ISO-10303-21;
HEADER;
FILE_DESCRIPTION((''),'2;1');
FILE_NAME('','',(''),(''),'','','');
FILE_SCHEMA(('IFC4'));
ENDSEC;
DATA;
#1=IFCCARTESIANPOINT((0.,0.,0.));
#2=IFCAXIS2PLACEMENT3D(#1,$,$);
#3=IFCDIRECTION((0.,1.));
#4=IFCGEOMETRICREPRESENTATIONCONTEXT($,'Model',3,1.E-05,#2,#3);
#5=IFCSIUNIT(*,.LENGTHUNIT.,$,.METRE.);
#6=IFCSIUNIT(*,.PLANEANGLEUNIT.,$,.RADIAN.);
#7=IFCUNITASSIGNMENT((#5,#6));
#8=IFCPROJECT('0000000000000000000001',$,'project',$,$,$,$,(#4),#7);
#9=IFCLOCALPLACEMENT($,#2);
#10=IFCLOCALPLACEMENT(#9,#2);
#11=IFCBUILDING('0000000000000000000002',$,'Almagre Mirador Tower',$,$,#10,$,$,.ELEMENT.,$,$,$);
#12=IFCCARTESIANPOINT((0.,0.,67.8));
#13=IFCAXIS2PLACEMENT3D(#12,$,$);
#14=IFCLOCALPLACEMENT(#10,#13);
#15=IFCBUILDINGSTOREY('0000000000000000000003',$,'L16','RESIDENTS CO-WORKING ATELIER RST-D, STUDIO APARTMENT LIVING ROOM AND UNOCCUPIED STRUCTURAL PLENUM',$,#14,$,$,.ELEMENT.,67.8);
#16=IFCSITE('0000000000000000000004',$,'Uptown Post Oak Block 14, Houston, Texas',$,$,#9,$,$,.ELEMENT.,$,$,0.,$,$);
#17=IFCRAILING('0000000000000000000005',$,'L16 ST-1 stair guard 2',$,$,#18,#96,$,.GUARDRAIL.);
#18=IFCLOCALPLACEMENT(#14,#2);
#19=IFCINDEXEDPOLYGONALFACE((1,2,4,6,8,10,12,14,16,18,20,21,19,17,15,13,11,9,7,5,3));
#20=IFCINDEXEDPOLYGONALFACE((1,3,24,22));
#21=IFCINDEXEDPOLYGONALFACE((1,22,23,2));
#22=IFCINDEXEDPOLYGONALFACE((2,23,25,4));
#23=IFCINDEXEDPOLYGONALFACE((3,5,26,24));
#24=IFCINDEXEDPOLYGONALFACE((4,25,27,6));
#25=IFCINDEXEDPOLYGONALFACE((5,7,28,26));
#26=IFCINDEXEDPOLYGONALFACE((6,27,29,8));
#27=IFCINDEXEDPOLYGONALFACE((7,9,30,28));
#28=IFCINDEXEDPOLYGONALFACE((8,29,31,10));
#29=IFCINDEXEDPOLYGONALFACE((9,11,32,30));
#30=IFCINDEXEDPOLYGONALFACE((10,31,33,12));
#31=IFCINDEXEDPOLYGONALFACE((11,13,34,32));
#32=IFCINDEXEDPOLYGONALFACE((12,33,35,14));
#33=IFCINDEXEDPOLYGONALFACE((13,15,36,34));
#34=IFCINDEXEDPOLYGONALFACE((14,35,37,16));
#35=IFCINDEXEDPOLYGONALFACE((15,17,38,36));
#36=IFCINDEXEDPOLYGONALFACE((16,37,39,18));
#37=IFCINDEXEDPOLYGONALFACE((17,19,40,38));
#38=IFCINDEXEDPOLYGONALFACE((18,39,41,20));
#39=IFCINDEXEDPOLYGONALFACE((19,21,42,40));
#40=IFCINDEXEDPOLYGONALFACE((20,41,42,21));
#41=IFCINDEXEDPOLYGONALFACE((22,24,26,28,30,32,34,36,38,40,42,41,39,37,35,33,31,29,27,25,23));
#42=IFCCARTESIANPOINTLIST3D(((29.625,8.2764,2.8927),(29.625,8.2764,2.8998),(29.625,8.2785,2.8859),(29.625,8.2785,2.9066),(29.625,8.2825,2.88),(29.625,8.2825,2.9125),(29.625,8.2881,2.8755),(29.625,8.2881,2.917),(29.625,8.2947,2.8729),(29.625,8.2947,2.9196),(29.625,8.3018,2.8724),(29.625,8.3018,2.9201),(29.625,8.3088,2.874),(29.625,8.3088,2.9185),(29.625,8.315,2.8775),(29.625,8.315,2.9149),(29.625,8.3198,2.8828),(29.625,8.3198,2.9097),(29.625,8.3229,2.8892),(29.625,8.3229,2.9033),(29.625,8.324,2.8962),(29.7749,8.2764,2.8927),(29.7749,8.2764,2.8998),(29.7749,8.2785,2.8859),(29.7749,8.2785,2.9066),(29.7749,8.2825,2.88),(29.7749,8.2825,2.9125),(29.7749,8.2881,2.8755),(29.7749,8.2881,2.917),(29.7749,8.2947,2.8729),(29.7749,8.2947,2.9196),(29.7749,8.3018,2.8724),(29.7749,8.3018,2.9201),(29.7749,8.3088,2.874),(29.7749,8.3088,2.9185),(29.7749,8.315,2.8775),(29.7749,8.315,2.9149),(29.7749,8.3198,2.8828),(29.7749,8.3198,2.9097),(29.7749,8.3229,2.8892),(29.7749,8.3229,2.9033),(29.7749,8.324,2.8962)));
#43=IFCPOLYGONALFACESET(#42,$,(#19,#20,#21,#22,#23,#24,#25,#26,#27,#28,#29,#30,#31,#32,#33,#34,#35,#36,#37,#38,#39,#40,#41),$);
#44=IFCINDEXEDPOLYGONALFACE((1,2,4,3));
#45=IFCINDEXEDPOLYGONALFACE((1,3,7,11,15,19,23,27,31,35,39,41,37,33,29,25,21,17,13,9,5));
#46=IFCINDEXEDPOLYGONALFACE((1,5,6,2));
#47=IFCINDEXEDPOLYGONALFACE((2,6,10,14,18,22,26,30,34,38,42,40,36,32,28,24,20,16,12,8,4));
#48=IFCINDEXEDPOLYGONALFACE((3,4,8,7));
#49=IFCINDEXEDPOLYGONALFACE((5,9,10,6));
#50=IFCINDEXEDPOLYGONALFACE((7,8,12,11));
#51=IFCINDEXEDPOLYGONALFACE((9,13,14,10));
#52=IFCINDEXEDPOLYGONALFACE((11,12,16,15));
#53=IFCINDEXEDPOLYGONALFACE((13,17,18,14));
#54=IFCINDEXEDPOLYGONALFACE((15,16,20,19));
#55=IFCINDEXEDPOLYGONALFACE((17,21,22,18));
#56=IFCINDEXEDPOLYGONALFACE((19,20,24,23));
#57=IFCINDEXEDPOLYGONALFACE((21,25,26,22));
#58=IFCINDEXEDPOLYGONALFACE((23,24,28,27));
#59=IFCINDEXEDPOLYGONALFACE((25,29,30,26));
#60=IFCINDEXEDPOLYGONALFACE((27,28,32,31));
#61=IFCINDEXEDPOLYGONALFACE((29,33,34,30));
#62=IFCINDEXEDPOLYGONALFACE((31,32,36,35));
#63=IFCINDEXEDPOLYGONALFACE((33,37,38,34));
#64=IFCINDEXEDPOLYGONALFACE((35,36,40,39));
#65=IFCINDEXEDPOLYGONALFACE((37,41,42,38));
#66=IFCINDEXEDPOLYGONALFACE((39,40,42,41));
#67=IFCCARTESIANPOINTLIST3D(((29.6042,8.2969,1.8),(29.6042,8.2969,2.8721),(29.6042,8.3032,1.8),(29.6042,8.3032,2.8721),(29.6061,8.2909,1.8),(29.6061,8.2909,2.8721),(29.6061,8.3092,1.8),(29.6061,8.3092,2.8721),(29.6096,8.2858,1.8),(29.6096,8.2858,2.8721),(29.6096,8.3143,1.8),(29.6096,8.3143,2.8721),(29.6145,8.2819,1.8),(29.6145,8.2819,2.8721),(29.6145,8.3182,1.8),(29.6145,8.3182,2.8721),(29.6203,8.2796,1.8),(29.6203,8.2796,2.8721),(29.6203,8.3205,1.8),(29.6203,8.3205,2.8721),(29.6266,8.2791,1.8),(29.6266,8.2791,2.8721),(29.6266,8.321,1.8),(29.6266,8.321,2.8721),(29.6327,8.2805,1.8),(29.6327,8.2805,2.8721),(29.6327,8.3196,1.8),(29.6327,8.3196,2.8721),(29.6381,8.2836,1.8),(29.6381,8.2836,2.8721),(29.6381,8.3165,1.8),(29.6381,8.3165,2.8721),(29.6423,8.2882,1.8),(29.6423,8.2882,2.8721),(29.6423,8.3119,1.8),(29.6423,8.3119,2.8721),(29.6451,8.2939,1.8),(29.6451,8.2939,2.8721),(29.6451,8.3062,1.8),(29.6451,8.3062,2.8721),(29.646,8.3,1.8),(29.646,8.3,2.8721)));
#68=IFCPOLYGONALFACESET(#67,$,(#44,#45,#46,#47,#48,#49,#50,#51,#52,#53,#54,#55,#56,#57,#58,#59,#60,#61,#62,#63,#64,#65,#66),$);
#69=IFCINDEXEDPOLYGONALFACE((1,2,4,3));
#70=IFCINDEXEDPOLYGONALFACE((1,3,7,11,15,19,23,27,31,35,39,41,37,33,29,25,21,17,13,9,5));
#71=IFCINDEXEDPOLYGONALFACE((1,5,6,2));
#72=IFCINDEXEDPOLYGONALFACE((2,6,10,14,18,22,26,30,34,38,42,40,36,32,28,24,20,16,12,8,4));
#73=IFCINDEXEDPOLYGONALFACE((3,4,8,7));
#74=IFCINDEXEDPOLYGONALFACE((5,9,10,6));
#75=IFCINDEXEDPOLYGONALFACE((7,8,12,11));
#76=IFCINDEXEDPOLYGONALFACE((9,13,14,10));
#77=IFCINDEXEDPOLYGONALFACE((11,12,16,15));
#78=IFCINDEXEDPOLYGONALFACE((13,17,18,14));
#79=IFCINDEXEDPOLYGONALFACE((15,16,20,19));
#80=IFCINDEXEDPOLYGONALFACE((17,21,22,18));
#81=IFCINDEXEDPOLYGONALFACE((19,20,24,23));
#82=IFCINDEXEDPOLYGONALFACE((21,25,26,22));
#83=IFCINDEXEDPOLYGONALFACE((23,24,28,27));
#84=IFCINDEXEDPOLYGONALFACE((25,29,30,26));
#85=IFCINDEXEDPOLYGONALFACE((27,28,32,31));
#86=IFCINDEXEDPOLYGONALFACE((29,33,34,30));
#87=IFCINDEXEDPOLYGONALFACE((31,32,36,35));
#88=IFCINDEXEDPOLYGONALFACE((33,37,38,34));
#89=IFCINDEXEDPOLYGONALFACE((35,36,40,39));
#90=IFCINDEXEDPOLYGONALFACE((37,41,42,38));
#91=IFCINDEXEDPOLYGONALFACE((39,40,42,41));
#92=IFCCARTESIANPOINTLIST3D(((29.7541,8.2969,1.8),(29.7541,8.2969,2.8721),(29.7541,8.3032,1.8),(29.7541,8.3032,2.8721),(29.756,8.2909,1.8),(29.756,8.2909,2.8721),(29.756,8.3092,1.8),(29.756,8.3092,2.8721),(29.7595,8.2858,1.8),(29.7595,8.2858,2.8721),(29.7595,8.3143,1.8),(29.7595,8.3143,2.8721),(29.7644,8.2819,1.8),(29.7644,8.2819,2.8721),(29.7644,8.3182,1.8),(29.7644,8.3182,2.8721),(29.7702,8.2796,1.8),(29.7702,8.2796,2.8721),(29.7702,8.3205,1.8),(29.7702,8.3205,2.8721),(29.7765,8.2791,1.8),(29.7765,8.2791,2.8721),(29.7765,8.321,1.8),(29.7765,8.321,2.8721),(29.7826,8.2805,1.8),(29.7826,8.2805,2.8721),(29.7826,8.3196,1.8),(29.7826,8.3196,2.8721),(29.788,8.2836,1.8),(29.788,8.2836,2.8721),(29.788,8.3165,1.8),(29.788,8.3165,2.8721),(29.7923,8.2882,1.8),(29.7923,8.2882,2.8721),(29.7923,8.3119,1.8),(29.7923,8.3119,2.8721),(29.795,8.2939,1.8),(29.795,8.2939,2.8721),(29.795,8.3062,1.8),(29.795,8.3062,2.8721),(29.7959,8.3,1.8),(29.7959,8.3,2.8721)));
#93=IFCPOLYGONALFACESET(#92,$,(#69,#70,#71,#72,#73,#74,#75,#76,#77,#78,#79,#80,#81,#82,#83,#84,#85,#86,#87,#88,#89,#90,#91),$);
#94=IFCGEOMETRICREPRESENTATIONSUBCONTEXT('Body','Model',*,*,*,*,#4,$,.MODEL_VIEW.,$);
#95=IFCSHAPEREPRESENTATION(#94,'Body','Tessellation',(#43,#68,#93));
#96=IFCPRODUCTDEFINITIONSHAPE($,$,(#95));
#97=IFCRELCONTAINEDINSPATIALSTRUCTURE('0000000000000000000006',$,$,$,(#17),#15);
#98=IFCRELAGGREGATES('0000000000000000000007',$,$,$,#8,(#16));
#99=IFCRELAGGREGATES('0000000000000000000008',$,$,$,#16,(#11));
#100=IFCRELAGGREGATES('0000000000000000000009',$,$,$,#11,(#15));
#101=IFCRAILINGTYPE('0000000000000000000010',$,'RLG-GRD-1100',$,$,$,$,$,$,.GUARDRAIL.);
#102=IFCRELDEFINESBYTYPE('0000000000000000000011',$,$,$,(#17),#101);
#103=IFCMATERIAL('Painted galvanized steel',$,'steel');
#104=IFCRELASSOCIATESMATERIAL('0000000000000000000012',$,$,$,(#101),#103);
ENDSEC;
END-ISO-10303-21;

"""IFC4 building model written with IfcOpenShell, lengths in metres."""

from ifc_helpers import new_model, si_unit, direction, frame, origin, origin_2d, place, context, subcontext, project, spatial, circle, extrude, material, type_object, element, save


model = new_model("IFC4")

# Units and contexts
model_context = context("Model", 3, precision=1e-05, world=origin(), true_north=direction((0.0, 1.0)))
body_context = subcontext(model_context, "Body", "Model", "MODEL_VIEW")
ifc_project = project(units=[si_unit("LENGTHUNIT", "METRE"), si_unit("PLANEANGLEUNIT", "RADIAN")], contexts=[model_context])

# Site, building, storey
site_placement = place(None, origin())
site = spatial("IfcSite", under=ifc_project, at=site_placement, Name="Uptown Post Oak Block 14, Houston, Texas", CompositionType="ELEMENT", RefElevation=0.0)
building_placement = place(site_placement, origin())
building = spatial("IfcBuilding", under=site, at=building_placement, Name="Almagre Mirador Tower", CompositionType="ELEMENT")
storey_placement = place(building_placement, frame((0.0, 0.0, 67.8)))
storey = spatial("IfcBuildingStorey", under=building, at=storey_placement, Name="L16", Description="RESIDENTS CO-WORKING ATELIER RST-D, STUDIO APARTMENT LIVING ROOM AND UNOCCUPIED STRUCTURAL PLENUM", CompositionType="ELEMENT", Elevation=67.8)

# Railing
ifc_material_1 = material(Name="Painted galvanized steel", Category="steel")
railing_type_1 = type_object("IfcRailingType", Name="RLG-GRD-1100", PredefinedType="GUARDRAIL", material=ifc_material_1)
railing_1_placement = place(storey_placement, frame((29.625, 8.3, 1.8)))
element("IfcRailing", 1, at=railing_1_placement, inside=storey, type_object=railing_type_1, Name="L16 ST-1 stair guard 2", PredefinedType="GUARDRAIL", context=body_context, shape_type="SweptSolid", body=[
    extrude(circle(Radius=0.0239, at=origin_2d()), frame((0.0, 0.0, 1.0962), z_axis=(1.0, 0.0, 0.0), x_axis=(0.0, 1.0, 0.0)), (0.0, 0.0, 1.0), 0.1499),
    extrude(circle(Radius=0.021, at=origin_2d()), origin(), (0.0, 0.0, 1.0), 1.072),
    extrude(circle(Radius=0.021, at=origin_2d()), frame((0.1499, 0.0, 0.0)), (0.0, 0.0, 1.0), 1.072),
])

save(model, "model.ifc")
